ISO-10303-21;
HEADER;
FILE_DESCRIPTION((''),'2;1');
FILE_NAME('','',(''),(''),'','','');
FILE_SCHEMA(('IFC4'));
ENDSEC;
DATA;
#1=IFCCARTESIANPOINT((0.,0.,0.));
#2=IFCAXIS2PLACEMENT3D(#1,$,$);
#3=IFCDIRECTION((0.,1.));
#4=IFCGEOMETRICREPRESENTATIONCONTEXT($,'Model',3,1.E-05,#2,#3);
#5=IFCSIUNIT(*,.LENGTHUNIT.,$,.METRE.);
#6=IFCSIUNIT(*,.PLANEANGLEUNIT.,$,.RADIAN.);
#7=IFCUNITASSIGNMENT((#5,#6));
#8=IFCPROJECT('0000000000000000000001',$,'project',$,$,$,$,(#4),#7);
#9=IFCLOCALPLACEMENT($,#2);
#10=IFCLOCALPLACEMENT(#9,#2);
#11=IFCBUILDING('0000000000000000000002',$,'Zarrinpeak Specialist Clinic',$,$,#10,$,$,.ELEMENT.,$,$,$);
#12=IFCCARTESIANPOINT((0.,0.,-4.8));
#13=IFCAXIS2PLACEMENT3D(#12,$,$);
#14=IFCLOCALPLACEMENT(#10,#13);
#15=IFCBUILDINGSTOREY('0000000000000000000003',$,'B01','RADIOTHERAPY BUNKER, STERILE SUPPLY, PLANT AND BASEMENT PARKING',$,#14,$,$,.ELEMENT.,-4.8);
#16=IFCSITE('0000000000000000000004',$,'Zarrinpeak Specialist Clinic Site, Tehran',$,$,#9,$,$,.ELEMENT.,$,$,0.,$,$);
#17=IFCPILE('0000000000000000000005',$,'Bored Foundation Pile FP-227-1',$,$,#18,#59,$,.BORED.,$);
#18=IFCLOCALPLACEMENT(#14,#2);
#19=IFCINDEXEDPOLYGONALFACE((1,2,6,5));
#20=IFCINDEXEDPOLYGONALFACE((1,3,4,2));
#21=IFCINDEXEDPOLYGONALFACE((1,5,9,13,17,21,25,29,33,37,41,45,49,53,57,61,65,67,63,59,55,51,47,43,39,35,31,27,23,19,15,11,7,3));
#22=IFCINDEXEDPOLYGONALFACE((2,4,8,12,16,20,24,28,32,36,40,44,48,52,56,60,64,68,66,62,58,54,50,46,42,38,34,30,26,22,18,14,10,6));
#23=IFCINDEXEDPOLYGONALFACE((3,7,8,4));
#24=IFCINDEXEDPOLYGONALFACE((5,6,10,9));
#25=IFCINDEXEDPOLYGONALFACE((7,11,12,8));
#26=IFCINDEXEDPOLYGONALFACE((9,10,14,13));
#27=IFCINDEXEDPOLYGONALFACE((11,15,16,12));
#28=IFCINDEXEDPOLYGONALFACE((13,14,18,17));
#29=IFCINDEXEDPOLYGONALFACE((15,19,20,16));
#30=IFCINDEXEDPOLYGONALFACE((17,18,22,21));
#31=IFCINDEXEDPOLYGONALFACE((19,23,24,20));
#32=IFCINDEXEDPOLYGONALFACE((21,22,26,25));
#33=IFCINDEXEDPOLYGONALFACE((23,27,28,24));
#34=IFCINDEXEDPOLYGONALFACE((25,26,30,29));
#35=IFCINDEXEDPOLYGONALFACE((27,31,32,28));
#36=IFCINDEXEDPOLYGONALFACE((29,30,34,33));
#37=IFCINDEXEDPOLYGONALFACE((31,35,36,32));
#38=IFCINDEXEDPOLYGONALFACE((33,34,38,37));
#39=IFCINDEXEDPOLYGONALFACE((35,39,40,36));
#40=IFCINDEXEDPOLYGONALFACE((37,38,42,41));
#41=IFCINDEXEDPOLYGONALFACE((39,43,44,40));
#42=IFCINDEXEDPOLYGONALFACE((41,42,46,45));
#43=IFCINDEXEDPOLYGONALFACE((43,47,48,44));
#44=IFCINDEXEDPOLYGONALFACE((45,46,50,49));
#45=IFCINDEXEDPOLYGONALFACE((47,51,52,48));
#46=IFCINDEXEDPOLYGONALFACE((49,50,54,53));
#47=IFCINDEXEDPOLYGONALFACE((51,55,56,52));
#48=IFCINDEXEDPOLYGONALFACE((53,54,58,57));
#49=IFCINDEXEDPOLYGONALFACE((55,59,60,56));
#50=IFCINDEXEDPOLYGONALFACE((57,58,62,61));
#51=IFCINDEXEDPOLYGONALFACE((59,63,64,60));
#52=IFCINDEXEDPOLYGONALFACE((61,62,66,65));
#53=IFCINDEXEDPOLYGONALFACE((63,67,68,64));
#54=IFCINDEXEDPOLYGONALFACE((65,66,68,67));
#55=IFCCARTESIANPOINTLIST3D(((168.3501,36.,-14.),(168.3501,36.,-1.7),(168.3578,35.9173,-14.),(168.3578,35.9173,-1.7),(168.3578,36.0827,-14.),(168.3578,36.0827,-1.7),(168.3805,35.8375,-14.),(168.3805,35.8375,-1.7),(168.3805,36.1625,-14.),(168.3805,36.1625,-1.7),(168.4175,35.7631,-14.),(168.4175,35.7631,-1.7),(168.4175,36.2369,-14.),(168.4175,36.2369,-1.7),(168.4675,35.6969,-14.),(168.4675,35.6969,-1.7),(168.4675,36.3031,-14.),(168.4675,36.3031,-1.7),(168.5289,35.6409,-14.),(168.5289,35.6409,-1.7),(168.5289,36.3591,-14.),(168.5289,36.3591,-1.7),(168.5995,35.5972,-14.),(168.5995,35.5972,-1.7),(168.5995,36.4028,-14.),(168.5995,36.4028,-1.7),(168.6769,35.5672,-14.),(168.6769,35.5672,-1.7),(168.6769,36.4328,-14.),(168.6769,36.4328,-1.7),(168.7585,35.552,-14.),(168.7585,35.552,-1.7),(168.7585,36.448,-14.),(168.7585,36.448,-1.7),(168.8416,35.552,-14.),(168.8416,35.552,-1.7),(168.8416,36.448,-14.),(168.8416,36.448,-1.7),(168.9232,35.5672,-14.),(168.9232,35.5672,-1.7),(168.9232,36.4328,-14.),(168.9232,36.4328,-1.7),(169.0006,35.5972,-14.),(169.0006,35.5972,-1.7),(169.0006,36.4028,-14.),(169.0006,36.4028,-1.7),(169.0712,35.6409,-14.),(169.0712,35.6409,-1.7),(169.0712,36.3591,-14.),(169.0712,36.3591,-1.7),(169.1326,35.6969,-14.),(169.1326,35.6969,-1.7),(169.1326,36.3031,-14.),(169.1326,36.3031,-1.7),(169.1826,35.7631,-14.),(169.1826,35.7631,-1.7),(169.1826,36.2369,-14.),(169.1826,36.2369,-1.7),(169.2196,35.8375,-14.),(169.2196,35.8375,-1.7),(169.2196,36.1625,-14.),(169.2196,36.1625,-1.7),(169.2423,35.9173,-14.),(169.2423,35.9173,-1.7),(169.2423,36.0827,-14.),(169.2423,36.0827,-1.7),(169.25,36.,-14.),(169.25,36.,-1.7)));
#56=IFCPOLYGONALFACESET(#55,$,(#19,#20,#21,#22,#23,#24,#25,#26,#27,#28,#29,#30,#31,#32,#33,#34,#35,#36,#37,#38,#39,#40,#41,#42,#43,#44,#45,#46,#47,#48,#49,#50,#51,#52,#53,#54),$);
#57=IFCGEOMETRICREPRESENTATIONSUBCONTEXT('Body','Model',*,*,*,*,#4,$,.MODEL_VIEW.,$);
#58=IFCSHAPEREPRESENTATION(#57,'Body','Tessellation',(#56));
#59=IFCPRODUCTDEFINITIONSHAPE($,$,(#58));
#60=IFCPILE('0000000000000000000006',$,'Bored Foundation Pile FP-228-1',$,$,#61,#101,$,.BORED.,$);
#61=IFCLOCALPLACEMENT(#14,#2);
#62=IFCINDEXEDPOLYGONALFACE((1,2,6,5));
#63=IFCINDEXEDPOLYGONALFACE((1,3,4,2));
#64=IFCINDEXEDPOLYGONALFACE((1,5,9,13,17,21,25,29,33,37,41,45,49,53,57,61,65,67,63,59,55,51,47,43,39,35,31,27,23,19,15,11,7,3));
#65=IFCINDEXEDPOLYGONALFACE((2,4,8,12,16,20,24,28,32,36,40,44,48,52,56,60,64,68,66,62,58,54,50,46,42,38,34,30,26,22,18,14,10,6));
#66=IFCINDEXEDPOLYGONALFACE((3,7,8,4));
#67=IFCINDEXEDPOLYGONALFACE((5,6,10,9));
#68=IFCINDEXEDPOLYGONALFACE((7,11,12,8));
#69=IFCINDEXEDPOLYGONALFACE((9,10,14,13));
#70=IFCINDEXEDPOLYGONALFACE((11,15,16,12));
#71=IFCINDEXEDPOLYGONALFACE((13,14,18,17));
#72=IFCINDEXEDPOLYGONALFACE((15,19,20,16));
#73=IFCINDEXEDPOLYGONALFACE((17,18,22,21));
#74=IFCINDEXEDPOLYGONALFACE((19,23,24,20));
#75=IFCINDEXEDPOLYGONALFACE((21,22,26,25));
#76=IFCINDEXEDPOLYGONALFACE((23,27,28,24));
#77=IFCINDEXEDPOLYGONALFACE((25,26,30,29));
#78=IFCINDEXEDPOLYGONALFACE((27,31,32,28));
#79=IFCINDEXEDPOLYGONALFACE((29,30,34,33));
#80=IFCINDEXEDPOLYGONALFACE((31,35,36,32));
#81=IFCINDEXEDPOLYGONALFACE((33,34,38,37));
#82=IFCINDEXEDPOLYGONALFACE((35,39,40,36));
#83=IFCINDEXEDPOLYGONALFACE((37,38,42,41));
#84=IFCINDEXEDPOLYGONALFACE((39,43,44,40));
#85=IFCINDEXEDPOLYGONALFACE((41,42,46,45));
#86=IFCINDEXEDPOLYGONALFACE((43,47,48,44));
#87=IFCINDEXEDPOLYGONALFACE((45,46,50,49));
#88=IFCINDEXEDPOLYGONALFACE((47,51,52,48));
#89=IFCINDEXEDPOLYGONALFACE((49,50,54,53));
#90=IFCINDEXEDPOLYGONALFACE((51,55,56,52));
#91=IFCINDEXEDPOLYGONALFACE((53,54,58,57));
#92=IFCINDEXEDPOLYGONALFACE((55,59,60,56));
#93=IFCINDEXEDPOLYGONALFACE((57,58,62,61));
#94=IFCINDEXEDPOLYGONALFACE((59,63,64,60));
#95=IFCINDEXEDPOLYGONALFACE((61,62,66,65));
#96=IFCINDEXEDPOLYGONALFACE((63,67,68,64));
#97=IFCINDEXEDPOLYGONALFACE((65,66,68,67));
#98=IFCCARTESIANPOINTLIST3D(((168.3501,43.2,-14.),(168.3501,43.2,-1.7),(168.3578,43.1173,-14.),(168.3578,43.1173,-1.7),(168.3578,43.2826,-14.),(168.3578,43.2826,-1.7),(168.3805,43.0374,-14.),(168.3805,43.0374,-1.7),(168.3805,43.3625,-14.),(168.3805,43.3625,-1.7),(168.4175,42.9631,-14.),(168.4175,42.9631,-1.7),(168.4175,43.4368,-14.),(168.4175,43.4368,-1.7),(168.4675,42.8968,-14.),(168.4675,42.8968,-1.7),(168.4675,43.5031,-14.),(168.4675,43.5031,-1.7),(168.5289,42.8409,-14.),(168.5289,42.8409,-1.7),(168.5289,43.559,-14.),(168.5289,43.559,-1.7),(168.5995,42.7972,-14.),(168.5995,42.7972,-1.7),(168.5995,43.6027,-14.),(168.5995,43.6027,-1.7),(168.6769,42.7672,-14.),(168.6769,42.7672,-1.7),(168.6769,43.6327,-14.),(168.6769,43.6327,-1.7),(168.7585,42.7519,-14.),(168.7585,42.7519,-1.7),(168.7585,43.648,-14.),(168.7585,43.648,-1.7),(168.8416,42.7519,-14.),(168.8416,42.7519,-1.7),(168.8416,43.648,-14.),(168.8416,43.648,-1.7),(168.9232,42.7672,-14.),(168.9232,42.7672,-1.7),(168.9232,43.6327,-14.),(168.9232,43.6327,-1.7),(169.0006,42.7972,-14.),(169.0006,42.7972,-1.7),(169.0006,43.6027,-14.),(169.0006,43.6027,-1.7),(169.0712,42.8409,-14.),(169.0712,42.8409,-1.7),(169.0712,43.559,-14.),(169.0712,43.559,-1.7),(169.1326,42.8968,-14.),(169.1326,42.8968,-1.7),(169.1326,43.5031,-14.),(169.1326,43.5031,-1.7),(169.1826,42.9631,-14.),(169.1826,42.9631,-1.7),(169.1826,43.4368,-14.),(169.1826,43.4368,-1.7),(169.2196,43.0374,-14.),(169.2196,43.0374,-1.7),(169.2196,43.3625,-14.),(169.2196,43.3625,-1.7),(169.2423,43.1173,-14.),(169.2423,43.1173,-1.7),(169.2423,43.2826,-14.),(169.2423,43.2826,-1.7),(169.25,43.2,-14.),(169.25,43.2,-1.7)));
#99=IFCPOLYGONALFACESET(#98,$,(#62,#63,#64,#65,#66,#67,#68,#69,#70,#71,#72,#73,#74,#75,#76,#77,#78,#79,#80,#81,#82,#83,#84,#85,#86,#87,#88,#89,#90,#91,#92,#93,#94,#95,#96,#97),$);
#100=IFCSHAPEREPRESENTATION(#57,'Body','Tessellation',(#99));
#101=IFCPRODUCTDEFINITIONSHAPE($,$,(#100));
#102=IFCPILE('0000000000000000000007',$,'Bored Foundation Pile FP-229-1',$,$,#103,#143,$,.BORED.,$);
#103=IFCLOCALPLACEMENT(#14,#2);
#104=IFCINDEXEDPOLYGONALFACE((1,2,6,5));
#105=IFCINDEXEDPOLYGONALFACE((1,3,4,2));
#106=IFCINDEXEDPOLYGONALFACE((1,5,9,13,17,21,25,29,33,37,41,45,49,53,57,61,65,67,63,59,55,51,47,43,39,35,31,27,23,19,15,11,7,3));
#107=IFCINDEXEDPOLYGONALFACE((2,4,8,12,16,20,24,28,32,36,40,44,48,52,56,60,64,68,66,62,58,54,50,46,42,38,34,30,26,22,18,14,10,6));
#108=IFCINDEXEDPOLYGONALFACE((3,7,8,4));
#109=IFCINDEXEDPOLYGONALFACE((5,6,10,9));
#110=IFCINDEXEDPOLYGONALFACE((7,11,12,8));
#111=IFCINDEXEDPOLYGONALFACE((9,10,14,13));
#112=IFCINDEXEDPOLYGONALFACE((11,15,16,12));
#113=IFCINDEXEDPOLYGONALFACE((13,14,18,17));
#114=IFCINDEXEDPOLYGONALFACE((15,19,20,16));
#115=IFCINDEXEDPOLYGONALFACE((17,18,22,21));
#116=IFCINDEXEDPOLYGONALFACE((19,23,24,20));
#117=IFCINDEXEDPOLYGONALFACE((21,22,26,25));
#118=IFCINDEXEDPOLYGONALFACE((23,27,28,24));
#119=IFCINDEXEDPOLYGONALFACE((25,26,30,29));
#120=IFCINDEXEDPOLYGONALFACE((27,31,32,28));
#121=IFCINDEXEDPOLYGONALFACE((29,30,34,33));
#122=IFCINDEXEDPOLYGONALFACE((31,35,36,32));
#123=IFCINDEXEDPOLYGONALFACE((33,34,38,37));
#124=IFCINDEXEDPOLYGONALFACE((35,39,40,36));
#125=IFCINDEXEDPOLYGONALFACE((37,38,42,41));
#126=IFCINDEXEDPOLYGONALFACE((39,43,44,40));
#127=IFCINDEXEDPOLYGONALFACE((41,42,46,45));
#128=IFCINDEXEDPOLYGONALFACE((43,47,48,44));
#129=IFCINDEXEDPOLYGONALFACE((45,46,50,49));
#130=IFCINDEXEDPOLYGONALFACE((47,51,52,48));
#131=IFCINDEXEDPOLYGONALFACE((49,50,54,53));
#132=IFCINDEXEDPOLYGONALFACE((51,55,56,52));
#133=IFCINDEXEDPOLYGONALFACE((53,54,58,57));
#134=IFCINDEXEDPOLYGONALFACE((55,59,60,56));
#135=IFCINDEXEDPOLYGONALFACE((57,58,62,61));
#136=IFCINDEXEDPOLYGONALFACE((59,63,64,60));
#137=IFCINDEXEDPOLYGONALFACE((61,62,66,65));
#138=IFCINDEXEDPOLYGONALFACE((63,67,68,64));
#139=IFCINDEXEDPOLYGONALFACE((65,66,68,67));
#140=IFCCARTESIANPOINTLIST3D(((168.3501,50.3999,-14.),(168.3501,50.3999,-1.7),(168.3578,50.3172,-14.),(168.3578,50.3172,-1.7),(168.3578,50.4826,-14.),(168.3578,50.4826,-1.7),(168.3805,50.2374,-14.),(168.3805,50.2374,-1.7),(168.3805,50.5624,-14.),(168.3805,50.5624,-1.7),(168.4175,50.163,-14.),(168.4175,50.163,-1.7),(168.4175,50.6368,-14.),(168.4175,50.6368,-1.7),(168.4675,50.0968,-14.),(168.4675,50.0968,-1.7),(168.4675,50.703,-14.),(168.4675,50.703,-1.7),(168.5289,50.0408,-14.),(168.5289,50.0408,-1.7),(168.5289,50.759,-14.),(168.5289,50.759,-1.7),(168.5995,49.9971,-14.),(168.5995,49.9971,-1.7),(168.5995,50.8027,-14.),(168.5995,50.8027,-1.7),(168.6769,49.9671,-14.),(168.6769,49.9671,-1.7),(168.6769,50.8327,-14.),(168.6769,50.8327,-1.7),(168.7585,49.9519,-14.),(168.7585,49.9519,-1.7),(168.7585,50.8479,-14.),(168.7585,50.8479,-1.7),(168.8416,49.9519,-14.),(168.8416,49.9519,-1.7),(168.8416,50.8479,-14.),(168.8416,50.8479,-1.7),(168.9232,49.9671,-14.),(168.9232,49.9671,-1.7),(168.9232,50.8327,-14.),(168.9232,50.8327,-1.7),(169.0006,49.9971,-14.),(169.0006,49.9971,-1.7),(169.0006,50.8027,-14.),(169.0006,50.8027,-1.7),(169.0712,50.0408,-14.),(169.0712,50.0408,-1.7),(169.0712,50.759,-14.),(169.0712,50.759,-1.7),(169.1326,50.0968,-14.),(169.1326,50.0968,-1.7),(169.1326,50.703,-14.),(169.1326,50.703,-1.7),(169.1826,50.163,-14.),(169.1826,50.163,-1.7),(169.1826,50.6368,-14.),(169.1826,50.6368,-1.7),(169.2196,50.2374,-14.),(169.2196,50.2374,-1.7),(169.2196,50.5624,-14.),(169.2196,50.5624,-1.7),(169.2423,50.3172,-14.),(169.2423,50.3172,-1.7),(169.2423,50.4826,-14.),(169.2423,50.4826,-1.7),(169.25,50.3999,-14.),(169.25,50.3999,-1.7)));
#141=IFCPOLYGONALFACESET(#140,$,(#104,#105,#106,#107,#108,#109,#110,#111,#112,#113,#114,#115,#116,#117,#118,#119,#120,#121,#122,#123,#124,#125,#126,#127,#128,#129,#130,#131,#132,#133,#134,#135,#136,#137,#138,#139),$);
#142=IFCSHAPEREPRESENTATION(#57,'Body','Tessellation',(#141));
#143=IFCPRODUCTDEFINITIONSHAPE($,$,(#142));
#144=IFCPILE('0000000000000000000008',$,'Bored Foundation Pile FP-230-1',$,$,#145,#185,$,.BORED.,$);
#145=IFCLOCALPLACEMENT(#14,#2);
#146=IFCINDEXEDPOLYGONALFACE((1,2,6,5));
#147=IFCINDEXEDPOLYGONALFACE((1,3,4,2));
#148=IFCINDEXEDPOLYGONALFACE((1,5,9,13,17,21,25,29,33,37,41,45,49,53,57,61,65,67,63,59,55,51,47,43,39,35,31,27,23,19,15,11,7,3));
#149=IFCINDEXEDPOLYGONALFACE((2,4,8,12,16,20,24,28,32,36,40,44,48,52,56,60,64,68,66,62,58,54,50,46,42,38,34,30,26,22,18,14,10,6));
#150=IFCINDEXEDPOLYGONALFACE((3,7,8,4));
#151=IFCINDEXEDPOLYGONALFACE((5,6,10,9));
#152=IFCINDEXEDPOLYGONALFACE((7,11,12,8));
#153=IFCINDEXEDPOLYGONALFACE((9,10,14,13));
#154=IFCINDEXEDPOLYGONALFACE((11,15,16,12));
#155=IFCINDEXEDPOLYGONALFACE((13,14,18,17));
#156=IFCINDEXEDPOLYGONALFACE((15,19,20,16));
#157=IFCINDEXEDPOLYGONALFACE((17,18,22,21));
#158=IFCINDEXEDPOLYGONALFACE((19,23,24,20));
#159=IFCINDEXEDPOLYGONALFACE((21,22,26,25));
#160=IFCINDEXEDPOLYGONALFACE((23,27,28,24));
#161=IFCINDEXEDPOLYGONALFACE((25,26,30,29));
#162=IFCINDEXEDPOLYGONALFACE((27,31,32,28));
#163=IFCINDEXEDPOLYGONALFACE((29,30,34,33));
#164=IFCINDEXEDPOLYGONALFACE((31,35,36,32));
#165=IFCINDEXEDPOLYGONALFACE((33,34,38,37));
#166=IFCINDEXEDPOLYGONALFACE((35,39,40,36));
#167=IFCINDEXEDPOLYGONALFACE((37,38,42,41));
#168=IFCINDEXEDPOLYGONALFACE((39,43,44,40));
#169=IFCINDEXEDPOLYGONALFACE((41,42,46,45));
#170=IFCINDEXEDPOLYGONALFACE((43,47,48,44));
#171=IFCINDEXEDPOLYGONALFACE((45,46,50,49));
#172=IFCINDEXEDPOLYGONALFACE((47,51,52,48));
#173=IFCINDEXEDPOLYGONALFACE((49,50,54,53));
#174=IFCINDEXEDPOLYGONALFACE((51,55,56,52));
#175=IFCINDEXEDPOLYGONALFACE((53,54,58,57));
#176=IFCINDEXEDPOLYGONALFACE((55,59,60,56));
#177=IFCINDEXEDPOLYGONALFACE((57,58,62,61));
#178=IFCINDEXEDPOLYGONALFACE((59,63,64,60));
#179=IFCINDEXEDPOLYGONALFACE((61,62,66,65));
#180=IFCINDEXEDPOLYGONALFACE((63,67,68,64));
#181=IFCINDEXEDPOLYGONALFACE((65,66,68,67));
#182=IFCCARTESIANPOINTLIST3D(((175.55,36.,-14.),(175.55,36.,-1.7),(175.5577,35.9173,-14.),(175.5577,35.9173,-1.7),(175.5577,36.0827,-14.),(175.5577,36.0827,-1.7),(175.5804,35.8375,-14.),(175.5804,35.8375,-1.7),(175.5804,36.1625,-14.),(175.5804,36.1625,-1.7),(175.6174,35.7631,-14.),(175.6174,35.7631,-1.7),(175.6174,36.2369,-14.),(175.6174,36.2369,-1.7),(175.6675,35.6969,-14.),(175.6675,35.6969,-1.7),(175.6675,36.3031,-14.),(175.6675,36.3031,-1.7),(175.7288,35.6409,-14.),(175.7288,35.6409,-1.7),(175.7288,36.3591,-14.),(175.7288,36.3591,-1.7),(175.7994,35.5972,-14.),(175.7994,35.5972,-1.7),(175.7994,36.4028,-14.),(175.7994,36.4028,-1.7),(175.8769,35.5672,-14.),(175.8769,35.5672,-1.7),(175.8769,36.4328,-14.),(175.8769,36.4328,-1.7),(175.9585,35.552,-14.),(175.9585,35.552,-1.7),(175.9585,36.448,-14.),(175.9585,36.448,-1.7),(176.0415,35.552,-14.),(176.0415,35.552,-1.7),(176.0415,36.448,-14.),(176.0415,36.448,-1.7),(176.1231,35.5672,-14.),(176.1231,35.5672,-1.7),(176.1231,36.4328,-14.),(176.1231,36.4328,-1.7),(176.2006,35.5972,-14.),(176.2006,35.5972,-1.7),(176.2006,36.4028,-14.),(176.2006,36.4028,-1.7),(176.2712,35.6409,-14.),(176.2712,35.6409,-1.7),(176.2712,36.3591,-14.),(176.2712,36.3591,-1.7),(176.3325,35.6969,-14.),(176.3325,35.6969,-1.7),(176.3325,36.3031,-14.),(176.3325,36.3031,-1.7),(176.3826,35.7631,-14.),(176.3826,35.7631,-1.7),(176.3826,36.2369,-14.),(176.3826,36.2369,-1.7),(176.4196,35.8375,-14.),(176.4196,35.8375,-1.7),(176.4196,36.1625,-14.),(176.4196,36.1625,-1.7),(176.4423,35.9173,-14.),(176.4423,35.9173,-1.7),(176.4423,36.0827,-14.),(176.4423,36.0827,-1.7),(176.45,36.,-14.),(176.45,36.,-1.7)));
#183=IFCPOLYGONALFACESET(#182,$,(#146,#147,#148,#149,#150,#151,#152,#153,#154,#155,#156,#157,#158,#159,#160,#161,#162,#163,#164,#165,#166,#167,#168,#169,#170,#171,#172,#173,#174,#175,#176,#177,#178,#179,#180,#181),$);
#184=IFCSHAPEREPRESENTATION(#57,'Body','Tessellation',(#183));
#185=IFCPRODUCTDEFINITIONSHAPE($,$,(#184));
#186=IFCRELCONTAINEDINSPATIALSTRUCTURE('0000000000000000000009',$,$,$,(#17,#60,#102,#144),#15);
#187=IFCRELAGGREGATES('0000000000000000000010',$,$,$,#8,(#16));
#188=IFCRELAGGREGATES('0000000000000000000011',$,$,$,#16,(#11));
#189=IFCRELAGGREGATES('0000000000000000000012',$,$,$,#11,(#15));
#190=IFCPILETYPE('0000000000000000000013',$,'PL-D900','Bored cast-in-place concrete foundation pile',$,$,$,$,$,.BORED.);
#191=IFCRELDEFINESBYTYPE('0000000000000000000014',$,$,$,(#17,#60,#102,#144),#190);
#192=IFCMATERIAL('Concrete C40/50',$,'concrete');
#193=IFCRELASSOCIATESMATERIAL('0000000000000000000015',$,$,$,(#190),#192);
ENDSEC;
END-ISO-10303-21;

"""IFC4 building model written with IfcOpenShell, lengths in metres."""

from ifc_helpers import new_model, si_unit, direction, frame, origin, origin_2d, place, context, subcontext, project, spatial, circle, extrude, material, material_profile, profile_set, type_object, element, save


model = new_model("IFC4")

# Units and contexts
model_context = context("Model", 3, precision=1e-05, world=origin(), true_north=direction((0.0, 1.0)))
body_context = subcontext(model_context, "Body", "Model", "MODEL_VIEW")
ifc_project = project(units=[si_unit("LENGTHUNIT", "METRE"), si_unit("PLANEANGLEUNIT", "RADIAN")], contexts=[model_context])

# Site, building, storey
site_placement = place(None, origin())
site = spatial("IfcSite", under=ifc_project, at=site_placement, Name="Zarrinpeak Specialist Clinic Site, Tehran", CompositionType="ELEMENT", RefElevation=0.0)
building_placement = place(site_placement, origin())
building = spatial("IfcBuilding", under=site, at=building_placement, Name="Zarrinpeak Specialist Clinic", CompositionType="ELEMENT")
storey_placement = place(building_placement, frame((0.0, 0.0, -4.8)))
storey = spatial("IfcBuildingStorey", under=building, at=storey_placement, Name="B01", Description="RADIOTHERAPY BUNKER, STERILE SUPPLY, PLANT AND BASEMENT PARKING", CompositionType="ELEMENT", Elevation=-4.8)

# Shared definitions
ifc_material_1 = material(Name="Concrete C40/50", Category="concrete")

# Piles
ifc_material_profile_1 = material_profile(ifc_material_1, circle(Radius=0.45, at=origin_2d()), Name="BORED PILE D900")
ifc_profile_set_1 = profile_set([ifc_material_profile_1], Name="Concrete C40/50")
pile_type = type_object("IfcPileType", Name="PL-D900", Description="Bored cast-in-place concrete foundation pile", PredefinedType="BORED", material=ifc_profile_set_1)
for number, where, z_axis, x_axis, name in (
    (1, (168.8, 36.0, -1.7), (0.0, 0.0, -1.0), (1.0, 0.0, 0.0), "Bored Foundation Pile FP-227-1"),
    (2, (168.8, 43.2, -1.7), (0.0, 0.0, -1.0), (1.0, 0.0, 0.0), "Bored Foundation Pile FP-228-1"),
    (3, (168.8, 50.3999, -1.7), (0.0, 0.0, -1.0), (1.0, 0.0, 0.0), "Bored Foundation Pile FP-229-1"),
    (4, (176.0, 36.0, -1.7), (0.0, 0.0, -1.0), (1.0, 0.0, 0.0), "Bored Foundation Pile FP-230-1"),
):
    element("IfcPile", number, at=place(storey_placement, frame(where, z_axis=z_axis, x_axis=x_axis)), inside=storey, type_object=pile_type, Name=name, PredefinedType="BORED", context=body_context, shape_type="SweptSolid", body=[
        extrude(circle(Radius=0.45, at=origin_2d()), origin(), (0.0, 0.0, 1.0), 12.3),
    ])

save(model, "model.ifc")
